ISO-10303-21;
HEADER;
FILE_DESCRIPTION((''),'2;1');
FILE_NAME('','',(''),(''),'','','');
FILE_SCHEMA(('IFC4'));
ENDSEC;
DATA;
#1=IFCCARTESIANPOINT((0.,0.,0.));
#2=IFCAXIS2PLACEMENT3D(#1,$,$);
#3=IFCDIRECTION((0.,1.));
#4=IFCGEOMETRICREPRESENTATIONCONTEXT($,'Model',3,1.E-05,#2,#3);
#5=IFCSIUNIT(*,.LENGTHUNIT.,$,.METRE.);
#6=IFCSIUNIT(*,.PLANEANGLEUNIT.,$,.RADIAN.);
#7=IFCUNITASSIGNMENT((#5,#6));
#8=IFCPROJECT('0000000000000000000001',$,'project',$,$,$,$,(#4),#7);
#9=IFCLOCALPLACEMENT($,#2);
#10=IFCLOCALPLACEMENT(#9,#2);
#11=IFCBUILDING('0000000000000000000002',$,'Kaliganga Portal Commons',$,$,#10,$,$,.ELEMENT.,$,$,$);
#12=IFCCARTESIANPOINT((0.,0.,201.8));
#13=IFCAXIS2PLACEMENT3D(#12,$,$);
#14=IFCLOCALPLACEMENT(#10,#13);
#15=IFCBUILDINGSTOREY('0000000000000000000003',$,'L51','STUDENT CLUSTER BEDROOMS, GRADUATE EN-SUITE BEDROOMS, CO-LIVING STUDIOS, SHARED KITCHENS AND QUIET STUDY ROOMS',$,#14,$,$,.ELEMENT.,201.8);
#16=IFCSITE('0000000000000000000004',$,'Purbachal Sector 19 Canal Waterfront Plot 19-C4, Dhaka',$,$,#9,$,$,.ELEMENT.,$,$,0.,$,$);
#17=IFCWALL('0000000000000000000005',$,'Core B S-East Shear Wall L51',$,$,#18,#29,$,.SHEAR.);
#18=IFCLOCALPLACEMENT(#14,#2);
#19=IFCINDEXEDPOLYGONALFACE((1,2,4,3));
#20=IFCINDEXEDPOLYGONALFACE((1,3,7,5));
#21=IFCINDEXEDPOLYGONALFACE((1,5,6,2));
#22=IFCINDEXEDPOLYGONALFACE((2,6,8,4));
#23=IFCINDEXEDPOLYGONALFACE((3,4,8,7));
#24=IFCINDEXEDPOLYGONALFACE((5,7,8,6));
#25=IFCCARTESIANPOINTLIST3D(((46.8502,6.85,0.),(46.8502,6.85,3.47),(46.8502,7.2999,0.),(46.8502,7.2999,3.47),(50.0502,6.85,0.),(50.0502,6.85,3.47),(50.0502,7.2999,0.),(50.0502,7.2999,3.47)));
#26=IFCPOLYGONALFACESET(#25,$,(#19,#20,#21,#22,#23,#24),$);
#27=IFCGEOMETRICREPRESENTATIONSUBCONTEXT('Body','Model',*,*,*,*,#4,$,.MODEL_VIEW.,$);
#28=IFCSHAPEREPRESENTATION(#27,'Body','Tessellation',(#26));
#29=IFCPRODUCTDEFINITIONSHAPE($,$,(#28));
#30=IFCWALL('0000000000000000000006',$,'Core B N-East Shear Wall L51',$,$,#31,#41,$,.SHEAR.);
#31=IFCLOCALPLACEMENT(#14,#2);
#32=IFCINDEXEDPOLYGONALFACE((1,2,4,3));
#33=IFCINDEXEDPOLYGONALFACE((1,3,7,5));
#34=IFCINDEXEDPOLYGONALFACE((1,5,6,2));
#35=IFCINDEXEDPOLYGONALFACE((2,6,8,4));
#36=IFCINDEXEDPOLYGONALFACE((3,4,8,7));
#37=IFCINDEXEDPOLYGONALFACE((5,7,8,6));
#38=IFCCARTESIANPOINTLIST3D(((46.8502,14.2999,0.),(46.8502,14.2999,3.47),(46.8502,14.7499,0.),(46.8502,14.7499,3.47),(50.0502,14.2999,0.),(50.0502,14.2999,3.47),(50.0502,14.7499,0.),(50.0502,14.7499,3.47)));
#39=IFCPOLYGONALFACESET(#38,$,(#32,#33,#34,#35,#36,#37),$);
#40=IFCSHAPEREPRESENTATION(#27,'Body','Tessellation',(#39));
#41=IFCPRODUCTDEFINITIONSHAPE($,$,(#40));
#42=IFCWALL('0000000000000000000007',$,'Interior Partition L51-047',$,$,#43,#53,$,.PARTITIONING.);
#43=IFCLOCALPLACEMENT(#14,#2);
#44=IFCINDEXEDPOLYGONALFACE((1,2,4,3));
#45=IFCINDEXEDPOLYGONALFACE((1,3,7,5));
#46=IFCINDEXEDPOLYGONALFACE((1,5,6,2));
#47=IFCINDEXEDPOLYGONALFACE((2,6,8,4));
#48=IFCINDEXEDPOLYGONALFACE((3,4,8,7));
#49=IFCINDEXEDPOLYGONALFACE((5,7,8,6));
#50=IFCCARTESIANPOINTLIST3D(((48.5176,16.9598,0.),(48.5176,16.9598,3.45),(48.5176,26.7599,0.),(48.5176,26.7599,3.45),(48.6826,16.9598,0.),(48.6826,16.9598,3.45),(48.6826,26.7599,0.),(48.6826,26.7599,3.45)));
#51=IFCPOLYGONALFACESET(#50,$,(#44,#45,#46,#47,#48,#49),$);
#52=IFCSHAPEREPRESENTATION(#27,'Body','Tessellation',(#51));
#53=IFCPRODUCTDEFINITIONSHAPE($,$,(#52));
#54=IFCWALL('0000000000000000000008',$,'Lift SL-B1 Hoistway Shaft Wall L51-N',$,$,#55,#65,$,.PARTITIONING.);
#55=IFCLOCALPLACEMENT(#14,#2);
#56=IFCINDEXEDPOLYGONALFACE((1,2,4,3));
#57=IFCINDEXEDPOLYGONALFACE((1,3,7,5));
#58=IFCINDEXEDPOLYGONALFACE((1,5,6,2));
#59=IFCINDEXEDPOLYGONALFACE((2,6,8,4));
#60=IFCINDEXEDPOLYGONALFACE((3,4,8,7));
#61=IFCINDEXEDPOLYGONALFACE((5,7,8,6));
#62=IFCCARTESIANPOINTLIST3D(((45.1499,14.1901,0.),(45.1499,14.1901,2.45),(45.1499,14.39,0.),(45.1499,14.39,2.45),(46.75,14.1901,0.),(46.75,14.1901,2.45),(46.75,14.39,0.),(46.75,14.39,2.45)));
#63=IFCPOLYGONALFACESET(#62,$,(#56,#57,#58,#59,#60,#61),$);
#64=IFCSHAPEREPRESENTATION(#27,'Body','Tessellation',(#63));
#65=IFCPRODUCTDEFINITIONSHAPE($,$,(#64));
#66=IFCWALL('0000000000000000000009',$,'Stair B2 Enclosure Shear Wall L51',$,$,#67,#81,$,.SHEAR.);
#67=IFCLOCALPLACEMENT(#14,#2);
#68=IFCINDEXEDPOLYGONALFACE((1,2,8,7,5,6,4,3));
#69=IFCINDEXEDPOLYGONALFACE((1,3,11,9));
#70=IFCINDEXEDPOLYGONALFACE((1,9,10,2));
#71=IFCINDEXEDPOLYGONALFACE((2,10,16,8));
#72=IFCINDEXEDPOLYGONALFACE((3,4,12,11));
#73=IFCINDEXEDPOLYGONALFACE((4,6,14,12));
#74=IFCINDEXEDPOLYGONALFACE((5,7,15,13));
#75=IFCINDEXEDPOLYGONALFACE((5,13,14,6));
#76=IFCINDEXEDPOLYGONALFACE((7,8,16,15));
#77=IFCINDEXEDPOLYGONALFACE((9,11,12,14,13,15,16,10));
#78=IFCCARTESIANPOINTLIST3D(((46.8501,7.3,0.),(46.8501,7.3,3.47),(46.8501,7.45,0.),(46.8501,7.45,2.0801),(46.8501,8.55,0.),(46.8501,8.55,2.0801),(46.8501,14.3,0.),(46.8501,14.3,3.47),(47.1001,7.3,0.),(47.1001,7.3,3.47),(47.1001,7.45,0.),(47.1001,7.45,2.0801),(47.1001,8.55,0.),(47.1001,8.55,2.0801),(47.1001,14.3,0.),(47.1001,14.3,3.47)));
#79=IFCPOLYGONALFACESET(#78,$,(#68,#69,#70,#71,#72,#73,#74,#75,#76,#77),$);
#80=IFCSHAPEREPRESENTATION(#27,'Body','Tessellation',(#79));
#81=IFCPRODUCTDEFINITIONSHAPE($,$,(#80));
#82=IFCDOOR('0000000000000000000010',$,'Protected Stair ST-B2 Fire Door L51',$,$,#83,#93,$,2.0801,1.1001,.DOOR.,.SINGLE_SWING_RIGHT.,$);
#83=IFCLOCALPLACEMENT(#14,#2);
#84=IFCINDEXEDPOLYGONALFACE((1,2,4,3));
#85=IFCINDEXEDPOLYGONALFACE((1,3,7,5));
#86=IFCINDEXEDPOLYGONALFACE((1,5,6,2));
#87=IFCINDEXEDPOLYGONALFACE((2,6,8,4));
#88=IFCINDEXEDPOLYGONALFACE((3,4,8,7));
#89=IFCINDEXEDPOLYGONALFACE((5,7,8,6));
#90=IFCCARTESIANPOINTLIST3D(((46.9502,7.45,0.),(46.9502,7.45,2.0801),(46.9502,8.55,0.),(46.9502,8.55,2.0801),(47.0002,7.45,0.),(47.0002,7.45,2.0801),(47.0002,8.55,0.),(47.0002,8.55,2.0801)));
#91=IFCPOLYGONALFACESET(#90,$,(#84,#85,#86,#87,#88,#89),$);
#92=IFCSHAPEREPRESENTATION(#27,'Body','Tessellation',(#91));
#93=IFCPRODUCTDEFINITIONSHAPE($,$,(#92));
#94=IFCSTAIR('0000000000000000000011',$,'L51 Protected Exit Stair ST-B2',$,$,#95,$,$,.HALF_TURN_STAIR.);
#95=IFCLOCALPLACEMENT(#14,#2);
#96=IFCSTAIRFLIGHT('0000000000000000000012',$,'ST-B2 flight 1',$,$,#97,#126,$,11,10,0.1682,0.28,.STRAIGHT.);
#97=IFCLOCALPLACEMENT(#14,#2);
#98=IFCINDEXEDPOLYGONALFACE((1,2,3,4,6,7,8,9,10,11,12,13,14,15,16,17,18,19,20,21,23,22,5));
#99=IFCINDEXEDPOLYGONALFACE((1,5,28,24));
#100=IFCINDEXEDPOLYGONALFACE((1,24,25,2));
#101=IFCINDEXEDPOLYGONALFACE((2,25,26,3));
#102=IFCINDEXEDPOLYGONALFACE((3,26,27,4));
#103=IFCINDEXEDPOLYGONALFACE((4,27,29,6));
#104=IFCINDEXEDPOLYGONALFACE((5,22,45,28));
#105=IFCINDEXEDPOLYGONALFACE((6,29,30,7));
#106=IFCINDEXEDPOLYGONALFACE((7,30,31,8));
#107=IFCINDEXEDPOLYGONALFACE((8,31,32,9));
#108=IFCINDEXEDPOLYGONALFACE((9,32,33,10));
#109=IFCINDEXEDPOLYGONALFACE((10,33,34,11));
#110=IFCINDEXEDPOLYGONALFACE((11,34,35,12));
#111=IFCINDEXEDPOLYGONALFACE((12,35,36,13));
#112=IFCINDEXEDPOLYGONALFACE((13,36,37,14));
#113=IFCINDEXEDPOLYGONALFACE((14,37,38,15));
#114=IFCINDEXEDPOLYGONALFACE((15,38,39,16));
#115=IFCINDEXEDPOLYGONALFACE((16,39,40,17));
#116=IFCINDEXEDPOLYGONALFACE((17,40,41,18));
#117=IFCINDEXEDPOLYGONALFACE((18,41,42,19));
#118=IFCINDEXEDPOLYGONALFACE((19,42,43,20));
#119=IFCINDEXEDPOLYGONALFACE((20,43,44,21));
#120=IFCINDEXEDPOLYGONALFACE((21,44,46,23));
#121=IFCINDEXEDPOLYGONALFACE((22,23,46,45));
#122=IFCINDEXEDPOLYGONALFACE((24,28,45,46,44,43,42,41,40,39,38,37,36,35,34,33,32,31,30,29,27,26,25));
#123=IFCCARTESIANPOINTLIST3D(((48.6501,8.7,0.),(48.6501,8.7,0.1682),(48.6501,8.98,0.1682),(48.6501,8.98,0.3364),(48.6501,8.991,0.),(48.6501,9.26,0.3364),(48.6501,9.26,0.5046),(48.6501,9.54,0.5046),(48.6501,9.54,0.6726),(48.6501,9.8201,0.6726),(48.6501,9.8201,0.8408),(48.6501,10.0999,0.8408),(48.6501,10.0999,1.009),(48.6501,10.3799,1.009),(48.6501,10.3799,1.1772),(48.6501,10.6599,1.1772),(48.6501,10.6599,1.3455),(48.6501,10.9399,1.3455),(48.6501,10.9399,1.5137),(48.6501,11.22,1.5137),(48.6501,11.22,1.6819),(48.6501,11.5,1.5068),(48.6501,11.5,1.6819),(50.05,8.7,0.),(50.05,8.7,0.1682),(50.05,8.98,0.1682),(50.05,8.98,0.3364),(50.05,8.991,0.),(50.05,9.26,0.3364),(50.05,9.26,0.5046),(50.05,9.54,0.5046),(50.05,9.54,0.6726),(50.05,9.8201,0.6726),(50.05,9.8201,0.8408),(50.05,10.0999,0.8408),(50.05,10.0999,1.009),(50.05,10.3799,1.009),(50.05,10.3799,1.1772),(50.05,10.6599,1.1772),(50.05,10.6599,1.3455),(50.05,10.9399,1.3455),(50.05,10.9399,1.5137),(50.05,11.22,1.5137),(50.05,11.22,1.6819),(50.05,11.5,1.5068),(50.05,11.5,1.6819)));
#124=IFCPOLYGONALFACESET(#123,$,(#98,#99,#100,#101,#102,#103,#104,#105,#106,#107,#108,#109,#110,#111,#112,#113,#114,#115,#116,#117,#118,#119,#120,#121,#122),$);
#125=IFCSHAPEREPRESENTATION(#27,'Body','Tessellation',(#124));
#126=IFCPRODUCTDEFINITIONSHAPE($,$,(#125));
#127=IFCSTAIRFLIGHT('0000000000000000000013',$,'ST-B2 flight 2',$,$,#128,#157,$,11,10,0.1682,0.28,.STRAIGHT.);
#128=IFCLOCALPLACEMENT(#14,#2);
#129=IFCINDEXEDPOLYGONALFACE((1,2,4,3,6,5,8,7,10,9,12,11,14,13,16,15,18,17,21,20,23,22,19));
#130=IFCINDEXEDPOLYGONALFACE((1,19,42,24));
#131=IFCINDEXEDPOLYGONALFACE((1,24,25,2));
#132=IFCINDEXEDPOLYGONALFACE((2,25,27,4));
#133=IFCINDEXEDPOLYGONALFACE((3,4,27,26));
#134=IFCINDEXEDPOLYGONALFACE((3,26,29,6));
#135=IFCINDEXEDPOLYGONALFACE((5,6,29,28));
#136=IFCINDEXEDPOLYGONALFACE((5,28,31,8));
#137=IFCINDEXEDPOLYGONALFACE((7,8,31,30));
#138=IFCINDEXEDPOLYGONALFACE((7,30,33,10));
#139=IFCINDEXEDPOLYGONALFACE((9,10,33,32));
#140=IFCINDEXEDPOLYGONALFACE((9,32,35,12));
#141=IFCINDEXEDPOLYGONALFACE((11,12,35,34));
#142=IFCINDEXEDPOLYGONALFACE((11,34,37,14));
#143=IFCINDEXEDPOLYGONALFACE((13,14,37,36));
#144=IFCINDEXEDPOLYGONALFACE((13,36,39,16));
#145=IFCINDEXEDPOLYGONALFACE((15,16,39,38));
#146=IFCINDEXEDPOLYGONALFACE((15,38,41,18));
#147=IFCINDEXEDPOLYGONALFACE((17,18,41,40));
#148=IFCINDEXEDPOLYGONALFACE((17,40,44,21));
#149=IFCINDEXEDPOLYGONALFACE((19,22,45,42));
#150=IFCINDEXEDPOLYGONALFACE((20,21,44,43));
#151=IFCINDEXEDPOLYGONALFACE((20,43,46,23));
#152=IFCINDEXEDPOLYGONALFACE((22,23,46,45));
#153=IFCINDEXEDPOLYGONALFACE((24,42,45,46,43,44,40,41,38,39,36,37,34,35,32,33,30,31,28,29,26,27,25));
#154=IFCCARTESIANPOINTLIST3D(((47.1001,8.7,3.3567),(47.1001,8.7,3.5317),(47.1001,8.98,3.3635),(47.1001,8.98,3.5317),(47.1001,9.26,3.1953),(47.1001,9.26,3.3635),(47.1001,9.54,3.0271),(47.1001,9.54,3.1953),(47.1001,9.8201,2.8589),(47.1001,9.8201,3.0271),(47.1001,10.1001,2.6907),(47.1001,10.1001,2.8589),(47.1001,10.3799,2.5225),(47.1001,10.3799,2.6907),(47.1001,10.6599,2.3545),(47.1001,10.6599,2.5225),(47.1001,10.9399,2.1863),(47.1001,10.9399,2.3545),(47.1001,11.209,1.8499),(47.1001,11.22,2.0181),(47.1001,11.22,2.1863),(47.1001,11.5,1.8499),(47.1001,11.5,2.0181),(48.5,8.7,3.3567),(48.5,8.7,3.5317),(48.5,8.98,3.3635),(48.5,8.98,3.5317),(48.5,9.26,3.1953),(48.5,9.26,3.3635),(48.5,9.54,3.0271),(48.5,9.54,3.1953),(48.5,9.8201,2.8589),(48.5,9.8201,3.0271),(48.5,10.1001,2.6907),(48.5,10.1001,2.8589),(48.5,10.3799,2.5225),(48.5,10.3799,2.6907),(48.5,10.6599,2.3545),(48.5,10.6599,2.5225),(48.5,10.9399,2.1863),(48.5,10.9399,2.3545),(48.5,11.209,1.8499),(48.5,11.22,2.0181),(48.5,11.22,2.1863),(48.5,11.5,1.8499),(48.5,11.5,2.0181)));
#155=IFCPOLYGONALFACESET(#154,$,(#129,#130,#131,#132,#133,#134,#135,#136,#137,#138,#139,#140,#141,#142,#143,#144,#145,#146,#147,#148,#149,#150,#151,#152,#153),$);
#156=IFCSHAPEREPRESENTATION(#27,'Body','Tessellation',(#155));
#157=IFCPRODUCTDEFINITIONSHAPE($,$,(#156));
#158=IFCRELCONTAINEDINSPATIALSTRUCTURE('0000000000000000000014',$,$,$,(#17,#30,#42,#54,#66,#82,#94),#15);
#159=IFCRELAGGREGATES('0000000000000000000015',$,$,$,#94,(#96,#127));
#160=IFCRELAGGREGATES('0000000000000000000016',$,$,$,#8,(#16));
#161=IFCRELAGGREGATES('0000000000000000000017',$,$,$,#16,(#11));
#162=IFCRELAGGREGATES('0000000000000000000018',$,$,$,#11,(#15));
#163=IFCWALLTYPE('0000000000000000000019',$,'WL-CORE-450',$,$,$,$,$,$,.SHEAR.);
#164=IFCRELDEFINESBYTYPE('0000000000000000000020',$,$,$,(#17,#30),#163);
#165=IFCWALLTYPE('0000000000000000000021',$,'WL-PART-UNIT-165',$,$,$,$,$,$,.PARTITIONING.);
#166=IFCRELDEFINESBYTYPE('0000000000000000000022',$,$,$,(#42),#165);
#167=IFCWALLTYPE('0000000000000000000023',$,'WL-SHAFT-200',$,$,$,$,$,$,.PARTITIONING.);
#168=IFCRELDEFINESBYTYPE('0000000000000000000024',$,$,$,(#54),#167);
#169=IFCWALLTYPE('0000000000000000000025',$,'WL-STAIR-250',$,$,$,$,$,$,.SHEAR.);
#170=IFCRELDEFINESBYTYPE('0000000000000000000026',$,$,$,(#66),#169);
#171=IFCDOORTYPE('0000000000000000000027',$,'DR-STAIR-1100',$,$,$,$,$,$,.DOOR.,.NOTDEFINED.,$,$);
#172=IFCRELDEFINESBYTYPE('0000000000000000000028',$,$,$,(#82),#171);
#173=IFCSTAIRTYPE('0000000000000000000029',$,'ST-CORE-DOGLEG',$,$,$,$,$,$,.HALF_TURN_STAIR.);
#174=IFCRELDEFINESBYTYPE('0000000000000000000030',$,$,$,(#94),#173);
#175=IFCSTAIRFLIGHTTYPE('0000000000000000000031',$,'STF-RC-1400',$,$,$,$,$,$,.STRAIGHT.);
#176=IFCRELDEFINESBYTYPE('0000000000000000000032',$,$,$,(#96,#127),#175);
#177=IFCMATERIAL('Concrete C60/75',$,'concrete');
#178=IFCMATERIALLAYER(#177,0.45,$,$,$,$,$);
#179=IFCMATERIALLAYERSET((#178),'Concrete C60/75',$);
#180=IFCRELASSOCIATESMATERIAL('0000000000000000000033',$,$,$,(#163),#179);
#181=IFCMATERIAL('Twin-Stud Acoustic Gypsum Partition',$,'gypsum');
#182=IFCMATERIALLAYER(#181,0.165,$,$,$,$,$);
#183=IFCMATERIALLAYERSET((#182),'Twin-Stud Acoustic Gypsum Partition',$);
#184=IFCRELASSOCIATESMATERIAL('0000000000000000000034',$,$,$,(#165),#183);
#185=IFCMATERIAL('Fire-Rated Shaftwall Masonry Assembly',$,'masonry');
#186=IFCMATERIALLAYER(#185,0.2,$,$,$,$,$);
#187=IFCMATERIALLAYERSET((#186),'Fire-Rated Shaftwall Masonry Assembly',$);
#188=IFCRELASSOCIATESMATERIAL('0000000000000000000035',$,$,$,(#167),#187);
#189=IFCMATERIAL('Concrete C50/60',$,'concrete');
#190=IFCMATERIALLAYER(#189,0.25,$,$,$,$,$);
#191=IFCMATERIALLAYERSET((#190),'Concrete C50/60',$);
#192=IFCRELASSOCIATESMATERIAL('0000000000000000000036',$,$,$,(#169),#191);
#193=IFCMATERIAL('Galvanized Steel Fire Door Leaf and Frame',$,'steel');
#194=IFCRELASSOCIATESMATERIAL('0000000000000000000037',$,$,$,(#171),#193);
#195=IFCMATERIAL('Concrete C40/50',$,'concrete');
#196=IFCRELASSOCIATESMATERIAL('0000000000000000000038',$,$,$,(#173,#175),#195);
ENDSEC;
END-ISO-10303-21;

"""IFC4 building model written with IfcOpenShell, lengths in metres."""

from ifc_helpers import new_model, si_unit, direction, frame, frame_2d, origin, place, context, subcontext, project, spatial, polyline, rectangle, outline, extrude, material, layer, layer_set, type_object, element, fill, aggregate, save


model = new_model("IFC4")

# Units and contexts
model_context = context("Model", 3, precision=1e-05, world=origin(), true_north=direction((0.0, 1.0)))
body_context = subcontext(model_context, "Body", "Model", "MODEL_VIEW")
ifc_project = project(units=[si_unit("LENGTHUNIT", "METRE"), si_unit("PLANEANGLEUNIT", "RADIAN")], contexts=[model_context])

# Site, building, storey
site_placement = place(None, origin())
site = spatial("IfcSite", under=ifc_project, at=site_placement, Name="Purbachal Sector 19 Canal Waterfront Plot 19-C4, Dhaka", CompositionType="ELEMENT", RefElevation=0.0)
building_placement = place(site_placement, origin())
building = spatial("IfcBuilding", under=site, at=building_placement, Name="Kaliganga Portal Commons", CompositionType="ELEMENT")
storey_placement = place(building_placement, frame((0.0, 0.0, 201.8)))
storey = spatial("IfcBuildingStorey", under=building, at=storey_placement, Name="L51", Description="STUDENT CLUSTER BEDROOMS, GRADUATE EN-SUITE BEDROOMS, CO-LIVING STUDIOS, SHARED KITCHENS AND QUIET STUDY ROOMS", CompositionType="ELEMENT", Elevation=201.8)

# Shared definitions
ifc_material_1 = material(Name="Concrete C50/60", Category="concrete")

# Walls
ifc_material_2 = material(Name="Concrete C60/75", Category="concrete")
ifc_layer_1 = layer(ifc_material_2, 0.45)
ifc_layer_set_1 = layer_set([ifc_layer_1], Name="Concrete C60/75")
wall_type_1 = type_object("IfcWallType", Name="WL-CORE-450", PredefinedType="SHEAR", material=ifc_layer_set_1)
for number, where, z_axis, x_axis, name in (
    (1, (46.8501, 7.075, 0.0), (0.0, 0.0, 1.0), (1.0, 0.0, 0.0), "Core B S-East Shear Wall L51"),
    (2, (46.8501, 14.5249, 0.0), (0.0, 0.0, 1.0), (1.0, 0.0, 0.0), "Core B N-East Shear Wall L51"),
):
    element("IfcWall", number, at=place(storey_placement, frame(where, z_axis=z_axis, x_axis=x_axis)), inside=storey, type_object=wall_type_1, Name=name, PredefinedType="SHEAR", context=body_context, shape_type="SweptSolid", body=[
        extrude(rectangle(XDim=3.2, YDim=0.45, at=frame_2d((1.6001, 0.0))), origin(), (0.0, 0.0, 1.0), 3.47),
    ])

# Wall
ifc_material_3 = material(Name="Twin-Stud Acoustic Gypsum Partition", Category="gypsum")
ifc_layer_2 = layer(ifc_material_3, 0.165)
ifc_layer_set_2 = layer_set([ifc_layer_2], Name="Twin-Stud Acoustic Gypsum Partition")
wall_type_2 = type_object("IfcWallType", Name="WL-PART-UNIT-165", PredefinedType="PARTITIONING", material=ifc_layer_set_2)
wall_1_placement = place(storey_placement, frame((48.6001, 16.96, 0.0), z_axis=(0.0, 0.0, 1.0), x_axis=(0.0, 1.0, 0.0)))
element("IfcWall", 3, at=wall_1_placement, inside=storey, type_object=wall_type_2, Name="Interior Partition L51-047", PredefinedType="PARTITIONING", context=body_context, shape_type="SweptSolid", body=[
    extrude(rectangle(XDim=9.8, YDim=0.165, at=frame_2d((4.8999, 0.0))), origin(), (0.0, 0.0, 1.0), 3.45),
])

# Shared definitions
ifc_material_4 = material(Name="Fire-Rated Shaftwall Masonry Assembly", Category="masonry")
ifc_layer_3 = layer(ifc_material_4, 0.2)
ifc_layer_set_3 = layer_set([ifc_layer_3], Name="Fire-Rated Shaftwall Masonry Assembly")
wall_type_3 = type_object("IfcWallType", Name="WL-SHAFT-200", PredefinedType="PARTITIONING", material=ifc_layer_set_3)

# Wall
wall_2_placement = place(storey_placement, frame((45.1499, 14.29, 0.0), z_axis=(0.0, 0.0, 1.0), x_axis=(1.0, 0.0, 0.0)))
element("IfcWall", 4, at=wall_2_placement, inside=storey, type_object=wall_type_3, Name="Lift SL-B1 Hoistway Shaft Wall L51-N", PredefinedType="PARTITIONING", context=body_context, shape_type="SweptSolid", body=[
    extrude(rectangle(XDim=1.6001, YDim=0.2, at=frame_2d((0.8, 0.0))), origin(), (0.0, 0.0, 1.0), 2.45),
])

# Wall, opening, door
ifc_layer_4 = layer(ifc_material_1, 0.25)
ifc_layer_set_4 = layer_set([ifc_layer_4], Name="Concrete C50/60")
wall_type_4 = type_object("IfcWallType", Name="WL-STAIR-250", PredefinedType="SHEAR", material=ifc_layer_set_4)
wall_3_placement = place(storey_placement, frame((46.9751, 7.3, 0.0), z_axis=(0.0, 0.0, 1.0), x_axis=(0.0, 1.0, 0.0)))
wall_3 = element("IfcWall", 5, at=wall_3_placement, inside=storey, type_object=wall_type_4, Name="Stair B2 Enclosure Shear Wall L51", PredefinedType="SHEAR", context=body_context, shape_type="SweptSolid", body=[
    extrude(rectangle(XDim=7.0, YDim=0.25, at=frame_2d((3.5, 0.0))), origin(), (0.0, 0.0, 1.0), 3.47),
])
opening_1_placement = place(wall_3_placement, frame((0.1499, 0.0, 0.0)))
opening_1 = element("IfcOpeningElement", 6, at=opening_1_placement, cuts=wall_3, PredefinedType="OPENING", context=body_context, shape_type="SweptSolid", body=[
    extrude(rectangle(XDim=1.1001, YDim=2.0801, at=frame_2d((0.55, 1.04))), frame((0.0, 0.135, 0.0), z_axis=(0.0, -1.0, 0.0), x_axis=(1.0, 0.0, 0.0)), (0.0, 0.0, 1.0), 0.27),
])
ifc_material_5 = material(Name="Galvanized Steel Fire Door Leaf and Frame", Category="steel")
door_type_1 = type_object("IfcDoorType", Name="DR-STAIR-1100", OperationType="NOTDEFINED", PredefinedType="DOOR", material=ifc_material_5)
door_1_placement = place(opening_1_placement, origin())
door_1 = element("IfcDoor", 7, at=door_1_placement, inside=storey, type_object=door_type_1, Name="Protected Stair ST-B2 Fire Door L51", OperationType="SINGLE_SWING_RIGHT", OverallHeight=2.0801, OverallWidth=1.1001, PredefinedType="DOOR", context=body_context, shape_type="SweptSolid", body=[
    extrude(rectangle(XDim=1.1001, YDim=2.0801, at=frame_2d((0.55, 1.04))), frame((0.0, 0.0249, 0.0), z_axis=(0.0, -1.0, 0.0), x_axis=(1.0, 0.0, 0.0)), (0.0, 0.0, 1.0), 0.05),
])
fill(opening_1, door_1)

# Stair, stair flights
ifc_material_6 = material(Name="Concrete C40/50", Category="concrete")
stair_type = type_object("IfcStairType", Name="ST-CORE-DOGLEG", PredefinedType="HALF_TURN_STAIR", material=ifc_material_6)
stair_placement = place(storey_placement, origin())
stair = element("IfcStair", 8, at=stair_placement, inside=storey, type_object=stair_type, Name="L51 Protected Exit Stair ST-B2", PredefinedType="HALF_TURN_STAIR")
stair_flight_type = type_object("IfcStairFlightType", Name="STF-RC-1400", PredefinedType="STRAIGHT", material=ifc_material_6)
stair_flight_1_placement = place(storey_placement, frame((49.3501, 8.7, 0.0), z_axis=(0.0, 0.0, 1.0), x_axis=(0.0, 1.0, 0.0)))
stair_flight_1 = element("IfcStairFlight", 9, at=stair_flight_1_placement, type_object=stair_flight_type, Name="ST-B2 flight 1", NumberOfRisers=11, NumberOfTreads=10, PredefinedType="STRAIGHT", RiserHeight=0.1682, TreadLength=0.28, context=body_context, shape_type="SweptSolid", body=[
    extrude(outline(polyline([(0.0, 0.0), (0.0, 0.1682), (0.28, 0.1682), (0.28, 0.3364), (0.5601, 0.3364), (0.5601, 0.5046), (0.8401, 0.5046), (0.8401, 0.6726), (1.1201, 0.6726), (1.1201, 0.8408), (1.3999, 0.8408), (1.3999, 1.009), (1.6799, 1.009), (1.6799, 1.1772), (1.96, 1.1772), (1.96, 1.3455), (2.24, 1.3455), (2.24, 1.5137), (2.52, 1.5137), (2.52, 1.6819), (2.8, 1.6819), (2.8, 1.8501), (2.8, 1.5068), (0.291, 0.0), (0.0, 0.0)])), frame((0.0, 0.7, 0.0), z_axis=(0.0, -1.0, 0.0), x_axis=(1.0, 0.0, 0.0)), (0.0, 0.0, 1.0), 1.3999),
])
stair_flight_2_placement = place(storey_placement, frame((47.8, 11.5, 1.8499), z_axis=(0.0, 0.0, 1.0), x_axis=(0.0, -1.0, 0.0)))
stair_flight_2 = element("IfcStairFlight", 10, at=stair_flight_2_placement, type_object=stair_flight_type, Name="ST-B2 flight 2", NumberOfRisers=11, NumberOfTreads=10, PredefinedType="STRAIGHT", RiserHeight=0.1682, TreadLength=0.28, context=body_context, shape_type="SweptSolid", body=[
    extrude(outline(polyline([(0.0, 0.0), (0.0, 0.1682), (0.28, 0.1682), (0.28, 0.3364), (0.5601, 0.3364), (0.5601, 0.5046), (0.8401, 0.5046), (0.8401, 0.6726), (1.1201, 0.6726), (1.1201, 0.8408), (1.3999, 0.8408), (1.3999, 1.009), (1.6799, 1.009), (1.6799, 1.1772), (1.96, 1.1772), (1.96, 1.3455), (2.24, 1.3455), (2.24, 1.5137), (2.52, 1.5137), (2.52, 1.6819), (2.8, 1.6819), (2.8, 1.8501), (2.8, 1.5068), (0.291, 0.0), (0.0, 0.0)])), frame((0.0, 0.7, 0.0), z_axis=(0.0, -1.0, 0.0), x_axis=(1.0, 0.0, 0.0)), (0.0, 0.0, 1.0), 1.3999),
])
aggregate(stair, [stair_flight_1, stair_flight_2])

save(model, "model.ifc")
